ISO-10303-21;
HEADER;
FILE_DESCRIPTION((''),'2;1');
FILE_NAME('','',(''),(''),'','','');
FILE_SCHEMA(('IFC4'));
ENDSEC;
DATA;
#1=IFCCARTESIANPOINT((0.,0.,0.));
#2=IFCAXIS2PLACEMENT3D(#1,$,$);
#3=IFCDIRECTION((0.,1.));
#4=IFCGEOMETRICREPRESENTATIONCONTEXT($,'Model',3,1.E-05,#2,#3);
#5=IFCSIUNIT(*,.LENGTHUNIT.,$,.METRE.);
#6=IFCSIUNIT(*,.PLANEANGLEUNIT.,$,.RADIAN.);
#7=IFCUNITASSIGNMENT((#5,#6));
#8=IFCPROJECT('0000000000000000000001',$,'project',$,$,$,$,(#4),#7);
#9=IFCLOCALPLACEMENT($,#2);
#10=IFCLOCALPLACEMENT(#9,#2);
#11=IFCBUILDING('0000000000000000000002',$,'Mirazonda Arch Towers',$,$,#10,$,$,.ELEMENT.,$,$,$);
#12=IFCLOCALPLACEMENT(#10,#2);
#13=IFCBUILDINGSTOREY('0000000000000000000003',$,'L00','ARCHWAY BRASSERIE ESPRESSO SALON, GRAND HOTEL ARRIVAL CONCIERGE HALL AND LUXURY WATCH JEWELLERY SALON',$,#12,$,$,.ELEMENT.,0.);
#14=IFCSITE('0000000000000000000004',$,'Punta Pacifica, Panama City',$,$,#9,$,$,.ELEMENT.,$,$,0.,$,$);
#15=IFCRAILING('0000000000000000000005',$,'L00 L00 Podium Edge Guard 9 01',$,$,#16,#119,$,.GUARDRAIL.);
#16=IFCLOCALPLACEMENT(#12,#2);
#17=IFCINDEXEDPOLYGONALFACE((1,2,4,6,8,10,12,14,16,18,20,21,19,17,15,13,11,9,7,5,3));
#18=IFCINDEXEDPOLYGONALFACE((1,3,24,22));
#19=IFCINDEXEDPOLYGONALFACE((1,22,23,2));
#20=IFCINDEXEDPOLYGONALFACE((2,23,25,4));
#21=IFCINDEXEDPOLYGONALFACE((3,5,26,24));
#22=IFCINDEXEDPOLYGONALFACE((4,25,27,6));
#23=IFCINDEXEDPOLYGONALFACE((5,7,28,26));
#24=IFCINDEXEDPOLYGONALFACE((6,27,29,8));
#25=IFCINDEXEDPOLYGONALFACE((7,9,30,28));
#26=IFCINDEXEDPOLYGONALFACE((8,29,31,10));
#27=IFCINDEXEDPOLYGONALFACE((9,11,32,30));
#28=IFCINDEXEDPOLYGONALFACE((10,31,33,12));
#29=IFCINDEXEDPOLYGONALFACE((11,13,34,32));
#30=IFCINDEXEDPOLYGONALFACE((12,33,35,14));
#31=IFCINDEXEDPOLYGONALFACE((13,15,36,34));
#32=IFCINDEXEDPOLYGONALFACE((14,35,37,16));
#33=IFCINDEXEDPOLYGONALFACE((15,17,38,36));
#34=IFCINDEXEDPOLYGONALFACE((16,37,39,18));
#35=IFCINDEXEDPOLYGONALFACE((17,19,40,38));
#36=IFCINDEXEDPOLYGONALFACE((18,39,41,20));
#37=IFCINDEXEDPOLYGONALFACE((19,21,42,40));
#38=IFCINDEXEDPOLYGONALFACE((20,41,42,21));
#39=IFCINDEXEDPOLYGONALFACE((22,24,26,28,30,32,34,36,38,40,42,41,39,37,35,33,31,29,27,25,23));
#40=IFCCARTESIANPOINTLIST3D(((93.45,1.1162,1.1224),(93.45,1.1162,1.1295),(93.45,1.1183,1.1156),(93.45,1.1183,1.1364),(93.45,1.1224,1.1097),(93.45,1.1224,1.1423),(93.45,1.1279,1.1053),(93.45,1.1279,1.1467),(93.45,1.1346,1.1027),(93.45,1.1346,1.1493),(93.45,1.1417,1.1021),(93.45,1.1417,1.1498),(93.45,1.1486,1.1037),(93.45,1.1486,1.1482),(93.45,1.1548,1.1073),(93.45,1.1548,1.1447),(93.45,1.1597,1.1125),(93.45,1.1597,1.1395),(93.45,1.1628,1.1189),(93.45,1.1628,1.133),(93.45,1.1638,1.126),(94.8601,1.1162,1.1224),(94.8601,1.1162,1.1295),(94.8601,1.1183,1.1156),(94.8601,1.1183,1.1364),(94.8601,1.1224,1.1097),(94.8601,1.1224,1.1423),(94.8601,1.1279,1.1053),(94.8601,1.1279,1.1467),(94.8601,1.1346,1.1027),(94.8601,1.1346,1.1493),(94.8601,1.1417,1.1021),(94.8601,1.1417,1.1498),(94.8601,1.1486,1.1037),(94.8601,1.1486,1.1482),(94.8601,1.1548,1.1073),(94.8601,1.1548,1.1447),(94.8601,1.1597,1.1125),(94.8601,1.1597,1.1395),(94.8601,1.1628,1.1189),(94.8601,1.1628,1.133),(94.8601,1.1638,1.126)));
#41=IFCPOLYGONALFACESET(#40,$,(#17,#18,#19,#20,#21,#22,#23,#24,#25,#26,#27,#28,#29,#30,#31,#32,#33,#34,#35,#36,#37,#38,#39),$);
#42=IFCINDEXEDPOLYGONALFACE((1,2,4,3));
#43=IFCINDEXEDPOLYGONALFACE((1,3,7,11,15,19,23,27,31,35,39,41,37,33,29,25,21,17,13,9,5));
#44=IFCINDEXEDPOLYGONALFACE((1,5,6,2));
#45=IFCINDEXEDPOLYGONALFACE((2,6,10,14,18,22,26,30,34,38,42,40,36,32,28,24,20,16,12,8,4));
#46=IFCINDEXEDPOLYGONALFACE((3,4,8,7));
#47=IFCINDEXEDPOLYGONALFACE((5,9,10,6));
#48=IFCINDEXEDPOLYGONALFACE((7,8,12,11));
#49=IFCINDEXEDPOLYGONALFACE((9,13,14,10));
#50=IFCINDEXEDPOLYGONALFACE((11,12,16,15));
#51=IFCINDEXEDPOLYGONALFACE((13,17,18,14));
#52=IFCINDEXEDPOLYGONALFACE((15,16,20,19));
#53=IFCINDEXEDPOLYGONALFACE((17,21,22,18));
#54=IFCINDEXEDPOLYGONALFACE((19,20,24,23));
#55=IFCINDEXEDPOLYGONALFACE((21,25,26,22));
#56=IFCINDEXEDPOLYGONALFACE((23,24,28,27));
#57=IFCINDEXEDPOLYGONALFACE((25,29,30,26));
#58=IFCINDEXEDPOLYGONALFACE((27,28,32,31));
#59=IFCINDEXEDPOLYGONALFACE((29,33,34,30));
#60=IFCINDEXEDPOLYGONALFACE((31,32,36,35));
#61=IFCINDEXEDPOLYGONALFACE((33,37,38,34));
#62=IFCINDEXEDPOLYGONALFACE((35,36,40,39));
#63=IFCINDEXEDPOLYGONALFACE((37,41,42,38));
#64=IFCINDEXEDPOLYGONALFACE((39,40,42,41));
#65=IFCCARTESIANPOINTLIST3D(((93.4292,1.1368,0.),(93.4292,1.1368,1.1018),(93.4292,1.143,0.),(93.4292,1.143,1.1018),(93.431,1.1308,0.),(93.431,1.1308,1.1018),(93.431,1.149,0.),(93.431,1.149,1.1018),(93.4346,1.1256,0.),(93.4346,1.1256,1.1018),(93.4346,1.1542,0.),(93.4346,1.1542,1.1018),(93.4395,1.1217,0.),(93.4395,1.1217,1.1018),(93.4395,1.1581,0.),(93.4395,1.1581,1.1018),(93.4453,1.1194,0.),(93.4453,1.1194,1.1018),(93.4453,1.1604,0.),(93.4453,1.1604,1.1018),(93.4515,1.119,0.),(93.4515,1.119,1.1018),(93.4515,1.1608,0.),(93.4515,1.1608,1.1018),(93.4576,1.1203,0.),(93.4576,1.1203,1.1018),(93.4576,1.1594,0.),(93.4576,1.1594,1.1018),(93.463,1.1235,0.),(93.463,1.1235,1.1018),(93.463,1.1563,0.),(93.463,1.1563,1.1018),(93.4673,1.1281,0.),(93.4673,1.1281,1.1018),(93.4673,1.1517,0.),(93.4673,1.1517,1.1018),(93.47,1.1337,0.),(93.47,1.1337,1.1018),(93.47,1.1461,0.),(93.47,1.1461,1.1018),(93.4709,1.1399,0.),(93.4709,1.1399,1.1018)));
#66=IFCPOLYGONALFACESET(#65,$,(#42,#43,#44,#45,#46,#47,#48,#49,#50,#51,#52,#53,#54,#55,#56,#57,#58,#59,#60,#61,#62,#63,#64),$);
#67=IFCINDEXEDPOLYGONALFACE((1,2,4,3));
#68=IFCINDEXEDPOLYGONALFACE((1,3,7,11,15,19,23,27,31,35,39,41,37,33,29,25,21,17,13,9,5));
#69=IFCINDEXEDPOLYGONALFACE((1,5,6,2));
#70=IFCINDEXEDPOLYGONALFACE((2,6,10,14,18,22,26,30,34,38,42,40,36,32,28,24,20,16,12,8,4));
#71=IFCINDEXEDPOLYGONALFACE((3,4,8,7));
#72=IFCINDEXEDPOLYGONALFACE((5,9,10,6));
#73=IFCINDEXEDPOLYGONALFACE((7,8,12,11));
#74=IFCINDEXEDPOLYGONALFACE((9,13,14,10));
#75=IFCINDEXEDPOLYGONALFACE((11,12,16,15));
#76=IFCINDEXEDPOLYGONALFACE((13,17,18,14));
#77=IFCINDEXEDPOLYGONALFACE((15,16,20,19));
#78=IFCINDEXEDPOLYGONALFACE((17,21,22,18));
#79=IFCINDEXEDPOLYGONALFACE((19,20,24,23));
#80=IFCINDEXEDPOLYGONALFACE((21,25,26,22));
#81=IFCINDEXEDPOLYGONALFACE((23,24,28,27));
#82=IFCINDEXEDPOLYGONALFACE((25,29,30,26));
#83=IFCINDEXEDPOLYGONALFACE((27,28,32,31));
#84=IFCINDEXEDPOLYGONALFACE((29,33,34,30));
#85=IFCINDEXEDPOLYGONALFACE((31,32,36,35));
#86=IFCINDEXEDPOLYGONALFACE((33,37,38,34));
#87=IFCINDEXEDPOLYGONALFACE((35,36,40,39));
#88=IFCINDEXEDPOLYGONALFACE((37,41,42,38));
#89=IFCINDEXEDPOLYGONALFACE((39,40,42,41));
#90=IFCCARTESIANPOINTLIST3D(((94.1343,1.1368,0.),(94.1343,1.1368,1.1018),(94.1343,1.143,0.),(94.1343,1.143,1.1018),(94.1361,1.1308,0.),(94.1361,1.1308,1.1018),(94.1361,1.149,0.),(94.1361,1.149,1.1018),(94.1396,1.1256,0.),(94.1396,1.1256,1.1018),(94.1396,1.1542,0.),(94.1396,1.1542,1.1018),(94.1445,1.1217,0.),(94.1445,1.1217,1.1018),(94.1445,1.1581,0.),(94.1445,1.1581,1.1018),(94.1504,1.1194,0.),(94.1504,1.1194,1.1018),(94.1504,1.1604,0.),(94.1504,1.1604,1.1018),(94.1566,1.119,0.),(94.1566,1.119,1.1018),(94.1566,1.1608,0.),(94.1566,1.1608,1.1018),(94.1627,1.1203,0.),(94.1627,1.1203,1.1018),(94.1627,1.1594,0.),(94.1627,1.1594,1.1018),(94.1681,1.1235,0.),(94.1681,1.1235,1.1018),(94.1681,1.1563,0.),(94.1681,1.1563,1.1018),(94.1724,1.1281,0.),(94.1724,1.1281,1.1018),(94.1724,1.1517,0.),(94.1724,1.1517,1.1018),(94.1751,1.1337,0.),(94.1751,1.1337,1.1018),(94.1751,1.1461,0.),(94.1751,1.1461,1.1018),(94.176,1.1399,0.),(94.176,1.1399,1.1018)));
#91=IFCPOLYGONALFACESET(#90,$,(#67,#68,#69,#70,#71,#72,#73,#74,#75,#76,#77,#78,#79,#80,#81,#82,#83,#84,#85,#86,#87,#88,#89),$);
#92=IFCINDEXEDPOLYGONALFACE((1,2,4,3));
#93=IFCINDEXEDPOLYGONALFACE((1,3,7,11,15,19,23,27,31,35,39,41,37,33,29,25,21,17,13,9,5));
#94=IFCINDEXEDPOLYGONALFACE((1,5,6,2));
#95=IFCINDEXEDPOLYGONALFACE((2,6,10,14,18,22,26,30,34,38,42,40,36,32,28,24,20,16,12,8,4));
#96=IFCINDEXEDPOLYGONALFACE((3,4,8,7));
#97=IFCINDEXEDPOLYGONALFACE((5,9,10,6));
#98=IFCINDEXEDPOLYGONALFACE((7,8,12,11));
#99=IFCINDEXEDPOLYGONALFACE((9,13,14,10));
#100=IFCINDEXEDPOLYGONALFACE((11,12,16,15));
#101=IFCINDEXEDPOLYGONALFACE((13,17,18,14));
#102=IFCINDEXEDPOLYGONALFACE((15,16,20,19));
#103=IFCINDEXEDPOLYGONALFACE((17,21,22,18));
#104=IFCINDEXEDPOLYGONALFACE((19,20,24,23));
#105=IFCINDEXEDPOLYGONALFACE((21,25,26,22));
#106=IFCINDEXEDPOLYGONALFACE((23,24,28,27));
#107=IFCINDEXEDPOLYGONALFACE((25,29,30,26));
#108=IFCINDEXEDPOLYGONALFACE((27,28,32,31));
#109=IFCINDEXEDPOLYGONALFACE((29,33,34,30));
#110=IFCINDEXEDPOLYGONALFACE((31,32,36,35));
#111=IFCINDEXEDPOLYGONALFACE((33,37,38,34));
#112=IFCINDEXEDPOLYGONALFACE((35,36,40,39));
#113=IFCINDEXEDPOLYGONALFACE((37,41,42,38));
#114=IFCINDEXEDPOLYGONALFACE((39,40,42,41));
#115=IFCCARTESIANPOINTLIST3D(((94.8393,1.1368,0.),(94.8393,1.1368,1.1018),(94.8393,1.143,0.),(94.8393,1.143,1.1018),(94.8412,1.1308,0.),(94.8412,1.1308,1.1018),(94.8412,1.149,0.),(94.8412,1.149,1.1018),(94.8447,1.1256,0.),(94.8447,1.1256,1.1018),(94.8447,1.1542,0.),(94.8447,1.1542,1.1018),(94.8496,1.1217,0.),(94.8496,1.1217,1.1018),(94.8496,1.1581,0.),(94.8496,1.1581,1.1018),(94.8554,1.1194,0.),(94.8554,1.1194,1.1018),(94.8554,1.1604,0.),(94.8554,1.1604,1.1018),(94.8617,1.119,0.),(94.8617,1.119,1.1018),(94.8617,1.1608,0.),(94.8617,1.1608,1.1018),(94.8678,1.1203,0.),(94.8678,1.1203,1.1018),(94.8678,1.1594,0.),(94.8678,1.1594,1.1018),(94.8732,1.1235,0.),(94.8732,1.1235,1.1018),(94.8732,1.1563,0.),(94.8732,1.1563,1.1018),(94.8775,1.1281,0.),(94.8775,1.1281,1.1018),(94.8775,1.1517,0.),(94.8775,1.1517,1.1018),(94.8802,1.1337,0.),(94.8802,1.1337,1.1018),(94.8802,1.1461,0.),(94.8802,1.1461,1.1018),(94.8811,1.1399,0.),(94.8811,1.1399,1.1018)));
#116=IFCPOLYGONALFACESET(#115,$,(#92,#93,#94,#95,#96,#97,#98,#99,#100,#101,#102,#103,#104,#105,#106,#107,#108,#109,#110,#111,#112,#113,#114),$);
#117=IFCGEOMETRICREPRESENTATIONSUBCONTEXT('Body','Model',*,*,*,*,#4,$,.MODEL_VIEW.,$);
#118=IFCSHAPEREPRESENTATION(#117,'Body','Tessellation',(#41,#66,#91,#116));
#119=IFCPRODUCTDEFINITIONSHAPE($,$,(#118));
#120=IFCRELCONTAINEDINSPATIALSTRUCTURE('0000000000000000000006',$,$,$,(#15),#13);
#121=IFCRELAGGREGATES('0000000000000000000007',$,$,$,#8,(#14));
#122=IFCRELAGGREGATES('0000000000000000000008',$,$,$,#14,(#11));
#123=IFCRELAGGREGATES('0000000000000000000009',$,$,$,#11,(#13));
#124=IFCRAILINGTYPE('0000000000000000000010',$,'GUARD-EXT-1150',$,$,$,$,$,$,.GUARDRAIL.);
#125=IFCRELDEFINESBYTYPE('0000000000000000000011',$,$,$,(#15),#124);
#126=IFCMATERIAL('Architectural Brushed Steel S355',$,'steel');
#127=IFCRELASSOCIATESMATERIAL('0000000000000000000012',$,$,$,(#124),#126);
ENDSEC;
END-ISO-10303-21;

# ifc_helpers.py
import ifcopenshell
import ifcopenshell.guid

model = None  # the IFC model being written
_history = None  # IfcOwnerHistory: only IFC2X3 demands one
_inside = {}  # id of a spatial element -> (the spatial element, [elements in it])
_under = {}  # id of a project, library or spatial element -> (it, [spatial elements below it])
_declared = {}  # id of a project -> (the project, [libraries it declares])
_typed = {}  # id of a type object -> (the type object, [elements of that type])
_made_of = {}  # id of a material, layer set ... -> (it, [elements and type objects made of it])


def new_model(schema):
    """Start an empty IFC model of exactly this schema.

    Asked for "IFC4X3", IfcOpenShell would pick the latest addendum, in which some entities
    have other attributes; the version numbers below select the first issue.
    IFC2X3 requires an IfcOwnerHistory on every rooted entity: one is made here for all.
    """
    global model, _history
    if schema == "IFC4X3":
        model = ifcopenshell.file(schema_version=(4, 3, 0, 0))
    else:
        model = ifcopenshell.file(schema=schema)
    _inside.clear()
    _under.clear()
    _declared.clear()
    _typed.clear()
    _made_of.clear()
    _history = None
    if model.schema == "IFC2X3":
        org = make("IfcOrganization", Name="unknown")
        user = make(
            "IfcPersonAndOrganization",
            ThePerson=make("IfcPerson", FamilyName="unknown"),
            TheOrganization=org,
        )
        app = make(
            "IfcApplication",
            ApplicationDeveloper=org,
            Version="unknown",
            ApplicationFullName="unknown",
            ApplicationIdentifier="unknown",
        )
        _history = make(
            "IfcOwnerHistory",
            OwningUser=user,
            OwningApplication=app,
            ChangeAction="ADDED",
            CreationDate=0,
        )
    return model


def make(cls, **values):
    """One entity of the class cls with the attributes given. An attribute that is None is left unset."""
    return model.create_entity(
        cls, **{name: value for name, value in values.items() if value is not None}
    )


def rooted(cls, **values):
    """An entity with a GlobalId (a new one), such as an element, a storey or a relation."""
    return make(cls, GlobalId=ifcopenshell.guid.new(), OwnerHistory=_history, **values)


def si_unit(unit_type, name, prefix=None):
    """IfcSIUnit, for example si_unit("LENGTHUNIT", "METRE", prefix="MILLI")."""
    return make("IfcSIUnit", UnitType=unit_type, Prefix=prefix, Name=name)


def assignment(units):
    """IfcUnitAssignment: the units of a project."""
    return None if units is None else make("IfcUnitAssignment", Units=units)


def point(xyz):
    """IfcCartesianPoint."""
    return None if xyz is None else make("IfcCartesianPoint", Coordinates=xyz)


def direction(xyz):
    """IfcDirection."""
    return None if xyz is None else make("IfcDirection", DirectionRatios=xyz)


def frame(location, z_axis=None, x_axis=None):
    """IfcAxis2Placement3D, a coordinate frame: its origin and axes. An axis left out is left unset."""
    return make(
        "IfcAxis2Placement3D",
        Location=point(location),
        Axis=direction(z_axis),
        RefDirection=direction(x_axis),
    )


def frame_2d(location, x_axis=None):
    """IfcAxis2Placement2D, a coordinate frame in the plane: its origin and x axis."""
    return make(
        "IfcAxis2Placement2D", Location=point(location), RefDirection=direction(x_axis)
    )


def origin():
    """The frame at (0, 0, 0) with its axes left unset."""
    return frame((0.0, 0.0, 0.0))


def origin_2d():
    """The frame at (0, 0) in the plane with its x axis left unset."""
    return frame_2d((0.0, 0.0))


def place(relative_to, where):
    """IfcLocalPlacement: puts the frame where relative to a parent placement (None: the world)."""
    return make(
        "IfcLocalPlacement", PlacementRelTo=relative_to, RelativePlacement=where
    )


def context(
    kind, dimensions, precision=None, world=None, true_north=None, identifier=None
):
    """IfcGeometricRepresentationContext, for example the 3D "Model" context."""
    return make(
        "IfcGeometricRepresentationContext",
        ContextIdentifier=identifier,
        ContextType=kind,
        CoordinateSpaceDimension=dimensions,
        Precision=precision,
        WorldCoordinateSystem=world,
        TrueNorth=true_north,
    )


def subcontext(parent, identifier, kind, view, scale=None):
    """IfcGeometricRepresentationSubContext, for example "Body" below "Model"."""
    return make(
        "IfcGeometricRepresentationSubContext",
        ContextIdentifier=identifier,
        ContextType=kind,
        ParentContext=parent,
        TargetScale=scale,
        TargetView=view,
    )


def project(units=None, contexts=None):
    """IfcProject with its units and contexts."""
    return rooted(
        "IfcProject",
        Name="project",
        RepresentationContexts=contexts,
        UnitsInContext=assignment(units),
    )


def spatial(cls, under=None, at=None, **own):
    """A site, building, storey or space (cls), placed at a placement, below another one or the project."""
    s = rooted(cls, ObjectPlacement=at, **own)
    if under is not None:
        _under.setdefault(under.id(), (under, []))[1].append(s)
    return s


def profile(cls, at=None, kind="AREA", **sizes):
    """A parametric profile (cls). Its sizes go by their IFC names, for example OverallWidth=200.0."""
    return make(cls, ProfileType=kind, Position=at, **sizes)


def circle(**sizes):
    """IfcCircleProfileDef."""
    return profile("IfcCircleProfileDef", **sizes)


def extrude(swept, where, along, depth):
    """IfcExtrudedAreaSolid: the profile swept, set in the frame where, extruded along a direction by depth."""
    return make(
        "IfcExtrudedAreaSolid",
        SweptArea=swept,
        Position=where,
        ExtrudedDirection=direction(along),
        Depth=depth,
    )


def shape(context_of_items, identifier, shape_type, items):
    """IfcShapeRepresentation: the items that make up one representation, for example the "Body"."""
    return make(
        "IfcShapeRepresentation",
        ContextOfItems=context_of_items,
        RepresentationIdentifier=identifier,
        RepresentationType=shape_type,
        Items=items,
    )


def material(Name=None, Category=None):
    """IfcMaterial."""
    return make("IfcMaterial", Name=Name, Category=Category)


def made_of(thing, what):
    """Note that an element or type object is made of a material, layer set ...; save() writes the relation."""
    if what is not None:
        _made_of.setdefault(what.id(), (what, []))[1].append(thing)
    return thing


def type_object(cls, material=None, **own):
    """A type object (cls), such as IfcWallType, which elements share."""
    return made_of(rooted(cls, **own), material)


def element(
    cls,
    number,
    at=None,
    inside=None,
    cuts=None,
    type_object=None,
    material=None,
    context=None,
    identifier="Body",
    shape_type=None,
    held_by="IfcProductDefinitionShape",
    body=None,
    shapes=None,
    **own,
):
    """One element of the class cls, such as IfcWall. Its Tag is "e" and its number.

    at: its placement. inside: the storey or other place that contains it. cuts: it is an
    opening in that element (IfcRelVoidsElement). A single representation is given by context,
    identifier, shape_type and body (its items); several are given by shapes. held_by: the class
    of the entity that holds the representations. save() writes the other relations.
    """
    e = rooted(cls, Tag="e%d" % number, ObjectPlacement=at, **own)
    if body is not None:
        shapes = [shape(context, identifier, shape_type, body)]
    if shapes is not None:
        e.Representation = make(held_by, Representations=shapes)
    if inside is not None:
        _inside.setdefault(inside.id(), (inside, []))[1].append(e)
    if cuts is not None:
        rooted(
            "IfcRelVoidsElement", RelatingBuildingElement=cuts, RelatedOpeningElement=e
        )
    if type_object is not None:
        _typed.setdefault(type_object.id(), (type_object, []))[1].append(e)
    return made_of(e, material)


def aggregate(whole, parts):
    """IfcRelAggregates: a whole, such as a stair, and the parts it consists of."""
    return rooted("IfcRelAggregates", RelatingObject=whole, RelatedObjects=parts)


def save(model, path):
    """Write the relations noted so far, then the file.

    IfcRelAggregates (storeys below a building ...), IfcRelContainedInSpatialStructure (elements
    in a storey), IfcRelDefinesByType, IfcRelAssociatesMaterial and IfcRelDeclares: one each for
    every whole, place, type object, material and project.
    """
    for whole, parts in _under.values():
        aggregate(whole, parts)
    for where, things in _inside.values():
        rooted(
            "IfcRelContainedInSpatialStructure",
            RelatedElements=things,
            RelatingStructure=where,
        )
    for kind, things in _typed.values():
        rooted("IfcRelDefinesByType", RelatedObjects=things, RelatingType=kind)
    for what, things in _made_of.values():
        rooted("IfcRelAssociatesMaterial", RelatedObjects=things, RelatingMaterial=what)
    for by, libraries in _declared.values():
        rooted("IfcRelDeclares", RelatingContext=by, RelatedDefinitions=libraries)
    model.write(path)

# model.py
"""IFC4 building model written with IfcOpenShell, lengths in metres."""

from ifc_helpers import new_model, si_unit, direction, frame, origin, origin_2d, place, context, subcontext, project, spatial, circle, extrude, material, type_object, element, save


model = new_model("IFC4")

# Units and contexts
model_context = context("Model", 3, precision=1e-05, world=origin(), true_north=direction((0.0, 1.0)))
body_context = subcontext(model_context, "Body", "Model", "MODEL_VIEW")
ifc_project = project(units=[si_unit("LENGTHUNIT", "METRE"), si_unit("PLANEANGLEUNIT", "RADIAN")], contexts=[model_context])

# Site, building, storey
site_placement = place(None, origin())
site = spatial("IfcSite", under=ifc_project, at=site_placement, Name="Punta Pacifica, Panama City", CompositionType="ELEMENT", RefElevation=0.0)
building_placement = place(site_placement, origin())
building = spatial("IfcBuilding", under=site, at=building_placement, Name="Mirazonda Arch Towers", CompositionType="ELEMENT")
storey_placement = place(building_placement, origin())
storey = spatial("IfcBuildingStorey", under=building, at=storey_placement, Name="L00", Description="ARCHWAY BRASSERIE ESPRESSO SALON, GRAND HOTEL ARRIVAL CONCIERGE HALL AND LUXURY WATCH JEWELLERY SALON", CompositionType="ELEMENT", Elevation=0.0)

# Shared definitions
ifc_material_1 = material(Name="Architectural Brushed Steel S355", Category="steel")

# Railing
railing_type = type_object("IfcRailingType", Name="GUARD-EXT-1150", PredefinedType="GUARDRAIL", material=ifc_material_1)
railing_1_placement = place(storey_placement, frame((93.45, 1.1399, 0.0)))
element("IfcRailing", 1, at=railing_1_placement, inside=storey, type_object=railing_type, Name="L00 L00 Podium Edge Guard 9 01", PredefinedType="GUARDRAIL", context=body_context, shape_type="SweptSolid", body=[
    extrude(circle(Radius=0.0239, at=origin_2d()), frame((0.0, 0.0, 1.126), z_axis=(1.0, 0.0, 0.0), x_axis=(0.0, 1.0, 0.0)), (0.0, 0.0, 1.0), 1.4102),
    extrude(circle(Radius=0.021, at=origin_2d()), origin(), (0.0, 0.0, 1.0), 1.1018),
    extrude(circle(Radius=0.021, at=origin_2d()), frame((0.7051, 0.0, 0.0)), (0.0, 0.0, 1.0), 1.1018),
    extrude(circle(Radius=0.021, at=origin_2d()), frame((1.4102, 0.0, 0.0)), (0.0, 0.0, 1.0), 1.1018),
])

save(model, "model.ifc")
